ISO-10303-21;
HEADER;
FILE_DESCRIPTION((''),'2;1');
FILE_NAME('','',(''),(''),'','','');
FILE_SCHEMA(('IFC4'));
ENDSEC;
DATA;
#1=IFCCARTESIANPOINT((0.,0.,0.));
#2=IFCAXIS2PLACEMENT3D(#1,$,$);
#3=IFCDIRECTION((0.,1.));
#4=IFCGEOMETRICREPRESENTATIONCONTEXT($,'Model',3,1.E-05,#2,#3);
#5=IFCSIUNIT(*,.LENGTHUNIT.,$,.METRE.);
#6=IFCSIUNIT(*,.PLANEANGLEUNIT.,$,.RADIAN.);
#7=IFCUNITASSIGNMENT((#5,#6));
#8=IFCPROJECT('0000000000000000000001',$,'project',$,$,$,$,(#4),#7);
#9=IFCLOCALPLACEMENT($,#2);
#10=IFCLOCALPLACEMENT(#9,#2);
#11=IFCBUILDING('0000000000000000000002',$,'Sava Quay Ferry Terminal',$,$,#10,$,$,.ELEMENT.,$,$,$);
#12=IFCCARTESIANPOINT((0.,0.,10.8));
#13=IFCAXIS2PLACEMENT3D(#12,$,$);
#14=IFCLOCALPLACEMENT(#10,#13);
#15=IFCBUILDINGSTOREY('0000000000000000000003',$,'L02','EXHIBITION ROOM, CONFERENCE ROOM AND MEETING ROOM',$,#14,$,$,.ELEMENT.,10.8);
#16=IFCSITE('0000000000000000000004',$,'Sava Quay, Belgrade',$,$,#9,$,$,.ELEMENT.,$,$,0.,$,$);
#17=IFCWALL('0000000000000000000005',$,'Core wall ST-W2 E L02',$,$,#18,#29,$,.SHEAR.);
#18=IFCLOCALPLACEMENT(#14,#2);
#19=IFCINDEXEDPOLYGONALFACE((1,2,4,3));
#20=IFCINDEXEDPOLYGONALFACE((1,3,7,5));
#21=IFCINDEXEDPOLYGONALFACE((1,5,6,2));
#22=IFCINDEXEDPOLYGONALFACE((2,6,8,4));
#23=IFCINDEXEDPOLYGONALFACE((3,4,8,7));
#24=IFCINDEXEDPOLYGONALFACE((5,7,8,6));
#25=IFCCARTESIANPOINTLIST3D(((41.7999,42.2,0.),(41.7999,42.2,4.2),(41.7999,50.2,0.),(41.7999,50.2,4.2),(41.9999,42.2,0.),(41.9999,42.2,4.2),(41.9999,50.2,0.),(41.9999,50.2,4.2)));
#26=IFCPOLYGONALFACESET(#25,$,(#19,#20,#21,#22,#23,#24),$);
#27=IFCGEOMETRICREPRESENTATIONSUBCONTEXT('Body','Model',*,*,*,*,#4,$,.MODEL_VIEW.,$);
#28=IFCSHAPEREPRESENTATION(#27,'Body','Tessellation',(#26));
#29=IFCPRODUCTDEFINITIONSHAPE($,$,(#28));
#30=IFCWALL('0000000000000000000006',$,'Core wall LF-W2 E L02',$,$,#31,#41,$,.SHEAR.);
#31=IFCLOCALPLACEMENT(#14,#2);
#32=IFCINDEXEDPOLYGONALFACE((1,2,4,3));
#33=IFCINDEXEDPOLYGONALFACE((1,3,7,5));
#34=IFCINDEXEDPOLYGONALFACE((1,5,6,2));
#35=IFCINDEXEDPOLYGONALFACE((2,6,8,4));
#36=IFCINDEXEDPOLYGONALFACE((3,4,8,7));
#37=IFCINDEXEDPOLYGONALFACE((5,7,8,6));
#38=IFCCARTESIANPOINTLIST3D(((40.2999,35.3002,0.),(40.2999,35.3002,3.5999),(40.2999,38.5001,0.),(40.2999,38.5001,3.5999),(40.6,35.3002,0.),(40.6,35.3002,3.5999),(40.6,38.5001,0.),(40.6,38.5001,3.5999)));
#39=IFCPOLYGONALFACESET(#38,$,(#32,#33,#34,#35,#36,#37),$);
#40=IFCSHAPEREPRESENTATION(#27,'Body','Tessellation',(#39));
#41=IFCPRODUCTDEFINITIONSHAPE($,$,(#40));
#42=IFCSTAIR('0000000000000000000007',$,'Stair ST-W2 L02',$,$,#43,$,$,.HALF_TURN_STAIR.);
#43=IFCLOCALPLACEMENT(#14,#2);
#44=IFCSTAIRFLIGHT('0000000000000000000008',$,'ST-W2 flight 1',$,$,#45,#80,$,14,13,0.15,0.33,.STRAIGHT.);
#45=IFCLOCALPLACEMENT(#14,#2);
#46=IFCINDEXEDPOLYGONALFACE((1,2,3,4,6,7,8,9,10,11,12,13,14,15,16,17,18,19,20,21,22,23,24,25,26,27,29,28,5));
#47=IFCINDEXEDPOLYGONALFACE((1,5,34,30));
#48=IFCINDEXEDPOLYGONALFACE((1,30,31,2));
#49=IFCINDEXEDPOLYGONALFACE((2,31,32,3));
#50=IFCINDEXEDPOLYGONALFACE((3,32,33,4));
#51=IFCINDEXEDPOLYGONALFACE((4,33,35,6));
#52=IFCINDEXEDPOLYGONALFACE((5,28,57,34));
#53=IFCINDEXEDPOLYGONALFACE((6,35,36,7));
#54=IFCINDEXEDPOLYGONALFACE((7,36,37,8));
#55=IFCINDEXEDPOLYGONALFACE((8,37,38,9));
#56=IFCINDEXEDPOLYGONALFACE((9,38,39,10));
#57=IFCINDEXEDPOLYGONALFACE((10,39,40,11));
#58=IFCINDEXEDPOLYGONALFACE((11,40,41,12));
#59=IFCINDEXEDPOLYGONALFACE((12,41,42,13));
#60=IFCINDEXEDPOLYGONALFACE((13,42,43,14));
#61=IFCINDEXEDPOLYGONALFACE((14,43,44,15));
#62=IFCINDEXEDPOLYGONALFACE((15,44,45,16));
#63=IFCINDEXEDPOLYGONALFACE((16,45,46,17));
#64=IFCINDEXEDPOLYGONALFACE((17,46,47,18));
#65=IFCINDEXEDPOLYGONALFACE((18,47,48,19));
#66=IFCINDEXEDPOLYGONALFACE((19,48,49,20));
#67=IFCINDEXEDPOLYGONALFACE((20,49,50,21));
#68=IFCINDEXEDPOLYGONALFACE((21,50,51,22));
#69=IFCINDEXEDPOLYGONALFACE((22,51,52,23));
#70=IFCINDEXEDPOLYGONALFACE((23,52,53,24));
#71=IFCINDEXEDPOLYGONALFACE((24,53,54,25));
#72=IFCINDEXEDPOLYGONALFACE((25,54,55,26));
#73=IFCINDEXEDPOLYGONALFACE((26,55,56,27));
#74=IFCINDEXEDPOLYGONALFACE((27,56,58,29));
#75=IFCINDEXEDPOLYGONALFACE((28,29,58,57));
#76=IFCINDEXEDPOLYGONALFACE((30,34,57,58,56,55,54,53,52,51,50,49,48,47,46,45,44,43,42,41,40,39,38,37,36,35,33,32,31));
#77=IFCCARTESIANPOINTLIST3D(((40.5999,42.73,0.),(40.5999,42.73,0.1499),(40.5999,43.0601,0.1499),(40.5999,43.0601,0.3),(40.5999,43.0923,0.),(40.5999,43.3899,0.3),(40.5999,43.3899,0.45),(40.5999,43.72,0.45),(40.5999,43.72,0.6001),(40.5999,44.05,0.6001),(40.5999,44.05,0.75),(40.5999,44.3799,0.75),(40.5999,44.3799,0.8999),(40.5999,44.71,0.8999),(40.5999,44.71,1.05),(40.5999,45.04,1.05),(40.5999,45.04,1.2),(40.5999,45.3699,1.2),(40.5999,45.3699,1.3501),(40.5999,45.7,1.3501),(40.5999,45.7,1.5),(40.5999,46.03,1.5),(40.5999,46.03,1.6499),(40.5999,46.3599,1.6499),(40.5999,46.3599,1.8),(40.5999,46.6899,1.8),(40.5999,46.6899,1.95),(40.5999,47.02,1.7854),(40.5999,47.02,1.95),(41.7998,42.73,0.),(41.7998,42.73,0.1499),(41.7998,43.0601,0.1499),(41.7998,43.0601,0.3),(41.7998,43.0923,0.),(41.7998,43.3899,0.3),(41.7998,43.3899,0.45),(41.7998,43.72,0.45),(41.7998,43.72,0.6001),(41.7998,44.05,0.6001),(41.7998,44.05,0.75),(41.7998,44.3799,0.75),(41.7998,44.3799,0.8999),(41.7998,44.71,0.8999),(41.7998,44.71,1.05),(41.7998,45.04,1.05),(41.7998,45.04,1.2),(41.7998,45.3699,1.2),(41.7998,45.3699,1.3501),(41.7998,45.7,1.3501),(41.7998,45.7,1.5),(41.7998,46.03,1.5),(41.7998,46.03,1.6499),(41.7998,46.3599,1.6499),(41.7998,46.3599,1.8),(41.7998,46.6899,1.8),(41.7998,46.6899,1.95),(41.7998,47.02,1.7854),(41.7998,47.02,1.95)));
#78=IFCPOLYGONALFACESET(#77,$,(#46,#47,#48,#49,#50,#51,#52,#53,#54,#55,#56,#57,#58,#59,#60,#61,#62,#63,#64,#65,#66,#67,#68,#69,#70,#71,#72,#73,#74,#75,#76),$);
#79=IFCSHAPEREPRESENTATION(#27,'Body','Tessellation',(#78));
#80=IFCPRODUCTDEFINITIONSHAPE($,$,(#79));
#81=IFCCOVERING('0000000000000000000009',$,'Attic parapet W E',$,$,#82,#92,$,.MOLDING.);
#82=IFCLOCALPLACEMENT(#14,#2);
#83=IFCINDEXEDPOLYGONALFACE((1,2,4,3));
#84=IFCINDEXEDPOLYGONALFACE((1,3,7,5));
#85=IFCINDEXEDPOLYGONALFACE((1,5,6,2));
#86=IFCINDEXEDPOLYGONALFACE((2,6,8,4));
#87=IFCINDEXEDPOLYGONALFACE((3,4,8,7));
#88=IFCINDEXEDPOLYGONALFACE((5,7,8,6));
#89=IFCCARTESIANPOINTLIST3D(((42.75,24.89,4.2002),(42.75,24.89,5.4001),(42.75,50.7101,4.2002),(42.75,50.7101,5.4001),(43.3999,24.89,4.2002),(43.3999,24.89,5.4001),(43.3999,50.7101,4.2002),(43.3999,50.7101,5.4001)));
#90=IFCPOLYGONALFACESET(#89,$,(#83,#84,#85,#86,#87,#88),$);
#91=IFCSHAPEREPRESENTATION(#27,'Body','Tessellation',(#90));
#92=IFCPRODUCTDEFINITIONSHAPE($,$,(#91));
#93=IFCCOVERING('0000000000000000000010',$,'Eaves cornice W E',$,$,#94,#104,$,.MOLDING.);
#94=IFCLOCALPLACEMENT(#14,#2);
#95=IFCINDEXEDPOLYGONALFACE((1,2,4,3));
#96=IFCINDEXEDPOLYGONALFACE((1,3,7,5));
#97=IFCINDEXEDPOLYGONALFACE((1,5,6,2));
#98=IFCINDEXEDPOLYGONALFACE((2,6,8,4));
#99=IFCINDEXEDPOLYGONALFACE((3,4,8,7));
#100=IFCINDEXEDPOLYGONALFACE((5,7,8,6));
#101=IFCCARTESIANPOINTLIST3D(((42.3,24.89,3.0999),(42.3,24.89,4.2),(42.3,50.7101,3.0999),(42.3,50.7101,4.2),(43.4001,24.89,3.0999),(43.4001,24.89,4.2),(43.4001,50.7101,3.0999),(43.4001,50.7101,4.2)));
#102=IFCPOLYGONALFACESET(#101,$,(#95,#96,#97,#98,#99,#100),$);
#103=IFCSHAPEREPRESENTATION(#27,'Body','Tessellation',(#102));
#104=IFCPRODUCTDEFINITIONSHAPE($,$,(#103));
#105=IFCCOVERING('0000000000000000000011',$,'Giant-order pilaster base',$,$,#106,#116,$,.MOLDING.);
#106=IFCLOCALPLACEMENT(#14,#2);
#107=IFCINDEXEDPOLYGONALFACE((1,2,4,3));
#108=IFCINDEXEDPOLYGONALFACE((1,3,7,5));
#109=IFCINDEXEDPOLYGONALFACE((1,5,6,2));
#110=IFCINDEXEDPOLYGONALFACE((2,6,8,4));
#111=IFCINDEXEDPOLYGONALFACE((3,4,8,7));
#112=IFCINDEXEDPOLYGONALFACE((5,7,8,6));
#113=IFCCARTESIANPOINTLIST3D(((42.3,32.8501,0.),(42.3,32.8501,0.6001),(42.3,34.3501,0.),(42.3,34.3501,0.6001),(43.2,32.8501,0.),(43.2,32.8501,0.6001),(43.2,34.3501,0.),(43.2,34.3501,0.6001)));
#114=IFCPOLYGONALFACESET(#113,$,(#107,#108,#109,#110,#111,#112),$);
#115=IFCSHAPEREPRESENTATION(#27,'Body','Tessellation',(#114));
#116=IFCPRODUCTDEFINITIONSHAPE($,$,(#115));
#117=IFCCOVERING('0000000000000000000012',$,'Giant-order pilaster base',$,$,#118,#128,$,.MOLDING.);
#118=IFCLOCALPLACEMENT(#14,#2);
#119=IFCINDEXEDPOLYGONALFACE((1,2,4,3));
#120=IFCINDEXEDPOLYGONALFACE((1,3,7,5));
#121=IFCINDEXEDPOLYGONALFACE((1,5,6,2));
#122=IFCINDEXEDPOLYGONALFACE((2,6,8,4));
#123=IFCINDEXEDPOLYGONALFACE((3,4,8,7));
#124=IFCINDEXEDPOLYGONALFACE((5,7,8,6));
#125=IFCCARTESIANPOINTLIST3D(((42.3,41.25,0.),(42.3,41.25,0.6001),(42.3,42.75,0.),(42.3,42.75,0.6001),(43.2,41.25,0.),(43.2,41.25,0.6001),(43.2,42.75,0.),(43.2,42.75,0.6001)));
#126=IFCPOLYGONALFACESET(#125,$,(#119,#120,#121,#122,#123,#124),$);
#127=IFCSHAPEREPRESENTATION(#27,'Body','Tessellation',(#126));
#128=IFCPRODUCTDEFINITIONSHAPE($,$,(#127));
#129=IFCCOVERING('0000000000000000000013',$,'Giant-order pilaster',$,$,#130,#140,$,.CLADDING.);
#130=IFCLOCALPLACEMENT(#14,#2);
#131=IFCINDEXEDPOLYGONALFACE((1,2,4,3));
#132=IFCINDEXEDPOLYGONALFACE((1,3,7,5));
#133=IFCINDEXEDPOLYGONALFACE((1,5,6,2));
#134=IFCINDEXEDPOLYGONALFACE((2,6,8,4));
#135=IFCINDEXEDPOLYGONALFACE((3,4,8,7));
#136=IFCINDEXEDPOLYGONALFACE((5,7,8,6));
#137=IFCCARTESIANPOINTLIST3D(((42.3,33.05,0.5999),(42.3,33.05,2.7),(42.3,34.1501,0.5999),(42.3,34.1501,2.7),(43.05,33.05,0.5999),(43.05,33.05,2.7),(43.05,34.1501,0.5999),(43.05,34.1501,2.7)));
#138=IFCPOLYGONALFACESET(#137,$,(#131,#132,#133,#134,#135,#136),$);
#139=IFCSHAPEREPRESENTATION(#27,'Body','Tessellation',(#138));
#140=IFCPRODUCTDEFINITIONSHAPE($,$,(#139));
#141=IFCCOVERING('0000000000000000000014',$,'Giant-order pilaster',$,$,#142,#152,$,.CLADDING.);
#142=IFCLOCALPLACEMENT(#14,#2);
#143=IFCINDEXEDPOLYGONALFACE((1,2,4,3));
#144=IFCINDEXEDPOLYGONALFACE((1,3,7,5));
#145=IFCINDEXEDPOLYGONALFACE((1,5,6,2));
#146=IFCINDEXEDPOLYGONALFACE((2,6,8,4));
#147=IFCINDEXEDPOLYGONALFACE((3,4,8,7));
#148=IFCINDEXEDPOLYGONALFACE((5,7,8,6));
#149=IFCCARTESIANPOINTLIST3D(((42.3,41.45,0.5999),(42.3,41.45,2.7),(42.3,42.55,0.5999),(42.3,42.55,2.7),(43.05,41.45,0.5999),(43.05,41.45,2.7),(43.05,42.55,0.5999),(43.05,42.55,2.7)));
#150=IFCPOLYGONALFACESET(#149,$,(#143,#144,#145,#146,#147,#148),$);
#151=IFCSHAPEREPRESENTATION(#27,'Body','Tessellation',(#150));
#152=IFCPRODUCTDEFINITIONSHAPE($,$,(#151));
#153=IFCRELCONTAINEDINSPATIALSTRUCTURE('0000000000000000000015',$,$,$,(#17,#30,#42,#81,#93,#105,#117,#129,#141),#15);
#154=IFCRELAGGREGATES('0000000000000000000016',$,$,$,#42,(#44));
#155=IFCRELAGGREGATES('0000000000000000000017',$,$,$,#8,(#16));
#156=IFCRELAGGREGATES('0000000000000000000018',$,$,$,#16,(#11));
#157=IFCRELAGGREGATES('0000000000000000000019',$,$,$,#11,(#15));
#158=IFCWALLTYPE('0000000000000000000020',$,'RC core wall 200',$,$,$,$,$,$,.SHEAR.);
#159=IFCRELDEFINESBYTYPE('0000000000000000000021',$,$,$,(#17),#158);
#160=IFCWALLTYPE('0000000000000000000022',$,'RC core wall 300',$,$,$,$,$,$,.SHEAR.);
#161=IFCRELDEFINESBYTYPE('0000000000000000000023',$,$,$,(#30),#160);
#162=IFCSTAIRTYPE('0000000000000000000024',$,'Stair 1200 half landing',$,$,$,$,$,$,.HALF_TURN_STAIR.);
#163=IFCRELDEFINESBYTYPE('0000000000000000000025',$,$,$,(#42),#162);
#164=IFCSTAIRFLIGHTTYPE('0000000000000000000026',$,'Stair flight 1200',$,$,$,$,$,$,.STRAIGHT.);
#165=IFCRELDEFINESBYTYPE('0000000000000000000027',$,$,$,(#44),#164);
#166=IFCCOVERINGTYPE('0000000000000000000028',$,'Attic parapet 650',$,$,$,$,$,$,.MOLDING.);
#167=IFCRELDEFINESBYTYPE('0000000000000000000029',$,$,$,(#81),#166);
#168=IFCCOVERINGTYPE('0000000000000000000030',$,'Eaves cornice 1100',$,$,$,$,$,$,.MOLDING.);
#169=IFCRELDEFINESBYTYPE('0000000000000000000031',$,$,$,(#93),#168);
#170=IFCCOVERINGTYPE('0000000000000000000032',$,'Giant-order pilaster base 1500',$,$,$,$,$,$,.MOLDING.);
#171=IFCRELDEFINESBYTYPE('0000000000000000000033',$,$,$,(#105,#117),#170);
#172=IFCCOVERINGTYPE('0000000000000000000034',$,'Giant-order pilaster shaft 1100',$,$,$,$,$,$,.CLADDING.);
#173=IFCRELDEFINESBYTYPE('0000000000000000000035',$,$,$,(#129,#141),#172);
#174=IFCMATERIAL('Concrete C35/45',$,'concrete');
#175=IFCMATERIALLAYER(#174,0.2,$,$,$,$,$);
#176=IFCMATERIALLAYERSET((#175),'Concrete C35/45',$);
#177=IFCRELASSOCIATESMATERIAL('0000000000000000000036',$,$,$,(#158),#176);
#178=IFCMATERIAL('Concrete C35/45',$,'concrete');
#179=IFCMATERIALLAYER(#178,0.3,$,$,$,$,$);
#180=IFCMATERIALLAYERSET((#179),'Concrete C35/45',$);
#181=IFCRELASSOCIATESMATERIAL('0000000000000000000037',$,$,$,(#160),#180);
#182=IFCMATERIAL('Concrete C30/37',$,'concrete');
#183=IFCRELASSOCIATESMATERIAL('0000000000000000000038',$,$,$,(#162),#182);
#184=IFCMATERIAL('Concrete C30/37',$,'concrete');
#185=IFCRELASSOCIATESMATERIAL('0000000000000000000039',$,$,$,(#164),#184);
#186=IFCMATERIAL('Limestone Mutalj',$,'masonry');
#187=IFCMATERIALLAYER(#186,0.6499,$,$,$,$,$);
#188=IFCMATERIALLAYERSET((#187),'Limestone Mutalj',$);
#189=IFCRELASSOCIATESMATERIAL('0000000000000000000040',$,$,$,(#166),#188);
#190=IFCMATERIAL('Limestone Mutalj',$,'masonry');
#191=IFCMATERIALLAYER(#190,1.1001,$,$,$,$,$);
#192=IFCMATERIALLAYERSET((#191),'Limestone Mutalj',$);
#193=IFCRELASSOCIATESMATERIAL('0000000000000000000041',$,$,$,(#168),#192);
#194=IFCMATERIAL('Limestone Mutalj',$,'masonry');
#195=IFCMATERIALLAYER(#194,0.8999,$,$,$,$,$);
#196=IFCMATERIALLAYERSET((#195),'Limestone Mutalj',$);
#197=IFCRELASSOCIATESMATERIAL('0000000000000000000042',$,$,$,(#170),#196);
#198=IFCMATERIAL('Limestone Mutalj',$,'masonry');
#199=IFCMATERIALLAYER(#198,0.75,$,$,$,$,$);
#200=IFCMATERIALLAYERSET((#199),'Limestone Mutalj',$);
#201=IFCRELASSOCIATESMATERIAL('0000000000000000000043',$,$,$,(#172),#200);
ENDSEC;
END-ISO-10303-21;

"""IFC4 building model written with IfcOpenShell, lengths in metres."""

from ifc_helpers import new_model, si_unit, direction, frame, frame_2d, origin, origin_2d, place, context, subcontext, project, spatial, polyline, rectangle, outline, extrude, material, layer, layer_set, type_object, element, aggregate, save


model = new_model("IFC4")

# Units and contexts
model_context = context("Model", 3, precision=1e-05, world=origin(), true_north=direction((0.0, 1.0)))
body_context = subcontext(model_context, "Body", "Model", "MODEL_VIEW")
ifc_project = project(units=[si_unit("LENGTHUNIT", "METRE"), si_unit("PLANEANGLEUNIT", "RADIAN")], contexts=[model_context])

# Site, building, storey
site_placement = place(None, origin())
site = spatial("IfcSite", under=ifc_project, at=site_placement, Name="Sava Quay, Belgrade", CompositionType="ELEMENT", RefElevation=0.0)
building_placement = place(site_placement, origin())
building = spatial("IfcBuilding", under=site, at=building_placement, Name="Sava Quay Ferry Terminal", CompositionType="ELEMENT")
storey_placement = place(building_placement, frame((0.0, 0.0, 10.8)))
storey = spatial("IfcBuildingStorey", under=building, at=storey_placement, Name="L02", Description="EXHIBITION ROOM, CONFERENCE ROOM AND MEETING ROOM", CompositionType="ELEMENT", Elevation=10.8)

# Walls
ifc_material_1 = material(Name="Concrete C35/45", Category="concrete")
ifc_layer_1 = layer(ifc_material_1, 0.2)
ifc_layer_set_1 = layer_set([ifc_layer_1], Name="Concrete C35/45")
wall_type_1 = type_object("IfcWallType", Name="RC core wall 200", PredefinedType="SHEAR", material=ifc_layer_set_1)
wall_1_placement = place(storey_placement, frame((41.8999, 42.2, 0.0), z_axis=(0.0, 0.0, 1.0), x_axis=(0.0, 1.0, 0.0)))
element("IfcWall", 1, at=wall_1_placement, inside=storey, type_object=wall_type_1, Name="Core wall ST-W2 E L02", PredefinedType="SHEAR", context=body_context, shape_type="SweptSolid", body=[
    extrude(rectangle(XDim=8.0, YDim=0.2, at=frame_2d((4.0, 0.0))), origin(), (0.0, 0.0, 1.0), 4.2),
])
ifc_material_2 = material(Name="Concrete C35/45", Category="concrete")
ifc_layer_2 = layer(ifc_material_2, 0.3)
ifc_layer_set_2 = layer_set([ifc_layer_2], Name="Concrete C35/45")
wall_type_2 = type_object("IfcWallType", Name="RC core wall 300", PredefinedType="SHEAR", material=ifc_layer_set_2)
wall_2_placement = place(storey_placement, frame((40.45, 35.3, 0.0), z_axis=(0.0, 0.0, 1.0), x_axis=(0.0, 1.0, 0.0)))
element("IfcWall", 2, at=wall_2_placement, inside=storey, type_object=wall_type_2, Name="Core wall LF-W2 E L02", PredefinedType="SHEAR", context=body_context, shape_type="SweptSolid", body=[
    extrude(rectangle(XDim=3.2, YDim=0.3, at=frame_2d((1.6001, 0.0))), origin(), (0.0, 0.0, 1.0), 3.5999),
])

# Stair, stair flight
ifc_material_3 = material(Name="Concrete C30/37", Category="concrete")
stair_type = type_object("IfcStairType", Name="Stair 1200 half landing", PredefinedType="HALF_TURN_STAIR", material=ifc_material_3)
stair_placement = place(storey_placement, origin())
stair = element("IfcStair", 3, at=stair_placement, inside=storey, type_object=stair_type, Name="Stair ST-W2 L02", PredefinedType="HALF_TURN_STAIR")
ifc_material_4 = material(Name="Concrete C30/37", Category="concrete")
stair_flight_type = type_object("IfcStairFlightType", Name="Stair flight 1200", PredefinedType="STRAIGHT", material=ifc_material_4)
stair_flight_placement = place(storey_placement, frame((41.2, 42.73, 0.0), z_axis=(0.0, 0.0, 1.0), x_axis=(0.0, 1.0, 0.0)))
stair_flight = element("IfcStairFlight", 4, at=stair_flight_placement, type_object=stair_flight_type, Name="ST-W2 flight 1", NumberOfRisers=14, NumberOfTreads=13, PredefinedType="STRAIGHT", RiserHeight=0.15, TreadLength=0.33, context=body_context, shape_type="SweptSolid", body=[
    extrude(outline(polyline([(0.0, 0.0), (0.0, 0.1499), (0.3301, 0.1499), (0.3301, 0.3), (0.6599, 0.3), (0.6599, 0.45), (0.99, 0.45), (0.99, 0.6001), (1.3201, 0.6001), (1.3201, 0.75), (1.6499, 0.75), (1.6499, 0.8999), (1.98, 0.8999), (1.98, 1.05), (2.3101, 1.05), (2.3101, 1.2), (2.6399, 1.2), (2.6399, 1.3501), (2.97, 1.3501), (2.97, 1.5), (3.3, 1.5), (3.3, 1.6499), (3.6299, 1.6499), (3.6299, 1.8), (3.96, 1.8), (3.96, 1.95), (4.29, 1.95), (4.29, 2.1001), (4.29, 1.7854), (0.3623, 0.0), (0.0, 0.0)])), frame((0.0, 0.6001, 0.0), z_axis=(0.0, -1.0, 0.0), x_axis=(1.0, 0.0, 0.0)), (0.0, 0.0, 1.0), 1.2),
])
aggregate(stair, [stair_flight])

# Coverings
ifc_material_5 = material(Name="Limestone Mutalj", Category="masonry")
ifc_layer_3 = layer(ifc_material_5, 0.6499)
ifc_layer_set_3 = layer_set([ifc_layer_3], Name="Limestone Mutalj")
covering_type_1 = type_object("IfcCoveringType", Name="Attic parapet 650", PredefinedType="MOLDING", material=ifc_layer_set_3)
covering_1_placement = place(storey_placement, frame((43.075, 37.8, 4.2002), z_axis=(0.0, 0.0, 1.0), x_axis=(1.0, 0.0, 0.0)))
element("IfcCovering", 5, at=covering_1_placement, inside=storey, type_object=covering_type_1, Name="Attic parapet W E", PredefinedType="MOLDING", context=body_context, shape_type="SweptSolid", body=[
    extrude(rectangle(XDim=0.6499, YDim=25.8201, at=origin_2d()), origin(), (0.0, 0.0, 1.0), 1.2),
])
ifc_material_6 = material(Name="Limestone Mutalj", Category="masonry")
ifc_layer_4 = layer(ifc_material_6, 1.1001)
ifc_layer_set_4 = layer_set([ifc_layer_4], Name="Limestone Mutalj")
covering_type_2 = type_object("IfcCoveringType", Name="Eaves cornice 1100", PredefinedType="MOLDING", material=ifc_layer_set_4)
covering_2_placement = place(storey_placement, frame((42.8501, 37.8, 3.0999), z_axis=(0.0, 0.0, 1.0), x_axis=(1.0, 0.0, 0.0)))
element("IfcCovering", 6, at=covering_2_placement, inside=storey, type_object=covering_type_2, Name="Eaves cornice W E", PredefinedType="MOLDING", context=body_context, shape_type="SweptSolid", body=[
    extrude(rectangle(XDim=1.1001, YDim=25.8201, at=origin_2d()), origin(), (0.0, 0.0, 1.0), 1.1001),
])
ifc_material_7 = material(Name="Limestone Mutalj", Category="masonry")
ifc_layer_5 = layer(ifc_material_7, 0.8999)
ifc_layer_set_5 = layer_set([ifc_layer_5], Name="Limestone Mutalj")
covering_type_3 = type_object("IfcCoveringType", Name="Giant-order pilaster base 1500", PredefinedType="MOLDING", material=ifc_layer_set_5)
for number, where, z_axis, x_axis, name in (
    (7, (42.75, 33.6001, 0.0), (0.0, 0.0, 1.0), (1.0, 0.0, 0.0), "Giant-order pilaster base"),
    (8, (42.75, 42.0, 0.0), (0.0, 0.0, 1.0), (1.0, 0.0, 0.0), "Giant-order pilaster base"),
):
    element("IfcCovering", number, at=place(storey_placement, frame(where, z_axis=z_axis, x_axis=x_axis)), inside=storey, type_object=covering_type_3, Name=name, PredefinedType="MOLDING", context=body_context, shape_type="SweptSolid", body=[
        extrude(rectangle(XDim=0.8999, YDim=1.5, at=origin_2d()), origin(), (0.0, 0.0, 1.0), 0.6001),
    ])
ifc_material_8 = material(Name="Limestone Mutalj", Category="masonry")
ifc_layer_6 = layer(ifc_material_8, 0.75)
ifc_layer_set_6 = layer_set([ifc_layer_6], Name="Limestone Mutalj")
covering_type_4 = type_object("IfcCoveringType", Name="Giant-order pilaster shaft 1100", PredefinedType="CLADDING", material=ifc_layer_set_6)
for number, where, z_axis, x_axis, name in (
    (9, (42.675, 33.6001, 0.5999), (0.0, 0.0, 1.0), (1.0, 0.0, 0.0), "Giant-order pilaster"),
    (10, (42.675, 42.0, 0.5999), (0.0, 0.0, 1.0), (1.0, 0.0, 0.0), "Giant-order pilaster"),
):
    element("IfcCovering", number, at=place(storey_placement, frame(where, z_axis=z_axis, x_axis=x_axis)), inside=storey, type_object=covering_type_4, Name=name, PredefinedType="CLADDING", context=body_context, shape_type="SweptSolid", body=[
        extrude(rectangle(XDim=0.75, YDim=1.1001, at=origin_2d()), origin(), (0.0, 0.0, 1.0), 2.1001),
    ])

save(model, "model.ifc")
